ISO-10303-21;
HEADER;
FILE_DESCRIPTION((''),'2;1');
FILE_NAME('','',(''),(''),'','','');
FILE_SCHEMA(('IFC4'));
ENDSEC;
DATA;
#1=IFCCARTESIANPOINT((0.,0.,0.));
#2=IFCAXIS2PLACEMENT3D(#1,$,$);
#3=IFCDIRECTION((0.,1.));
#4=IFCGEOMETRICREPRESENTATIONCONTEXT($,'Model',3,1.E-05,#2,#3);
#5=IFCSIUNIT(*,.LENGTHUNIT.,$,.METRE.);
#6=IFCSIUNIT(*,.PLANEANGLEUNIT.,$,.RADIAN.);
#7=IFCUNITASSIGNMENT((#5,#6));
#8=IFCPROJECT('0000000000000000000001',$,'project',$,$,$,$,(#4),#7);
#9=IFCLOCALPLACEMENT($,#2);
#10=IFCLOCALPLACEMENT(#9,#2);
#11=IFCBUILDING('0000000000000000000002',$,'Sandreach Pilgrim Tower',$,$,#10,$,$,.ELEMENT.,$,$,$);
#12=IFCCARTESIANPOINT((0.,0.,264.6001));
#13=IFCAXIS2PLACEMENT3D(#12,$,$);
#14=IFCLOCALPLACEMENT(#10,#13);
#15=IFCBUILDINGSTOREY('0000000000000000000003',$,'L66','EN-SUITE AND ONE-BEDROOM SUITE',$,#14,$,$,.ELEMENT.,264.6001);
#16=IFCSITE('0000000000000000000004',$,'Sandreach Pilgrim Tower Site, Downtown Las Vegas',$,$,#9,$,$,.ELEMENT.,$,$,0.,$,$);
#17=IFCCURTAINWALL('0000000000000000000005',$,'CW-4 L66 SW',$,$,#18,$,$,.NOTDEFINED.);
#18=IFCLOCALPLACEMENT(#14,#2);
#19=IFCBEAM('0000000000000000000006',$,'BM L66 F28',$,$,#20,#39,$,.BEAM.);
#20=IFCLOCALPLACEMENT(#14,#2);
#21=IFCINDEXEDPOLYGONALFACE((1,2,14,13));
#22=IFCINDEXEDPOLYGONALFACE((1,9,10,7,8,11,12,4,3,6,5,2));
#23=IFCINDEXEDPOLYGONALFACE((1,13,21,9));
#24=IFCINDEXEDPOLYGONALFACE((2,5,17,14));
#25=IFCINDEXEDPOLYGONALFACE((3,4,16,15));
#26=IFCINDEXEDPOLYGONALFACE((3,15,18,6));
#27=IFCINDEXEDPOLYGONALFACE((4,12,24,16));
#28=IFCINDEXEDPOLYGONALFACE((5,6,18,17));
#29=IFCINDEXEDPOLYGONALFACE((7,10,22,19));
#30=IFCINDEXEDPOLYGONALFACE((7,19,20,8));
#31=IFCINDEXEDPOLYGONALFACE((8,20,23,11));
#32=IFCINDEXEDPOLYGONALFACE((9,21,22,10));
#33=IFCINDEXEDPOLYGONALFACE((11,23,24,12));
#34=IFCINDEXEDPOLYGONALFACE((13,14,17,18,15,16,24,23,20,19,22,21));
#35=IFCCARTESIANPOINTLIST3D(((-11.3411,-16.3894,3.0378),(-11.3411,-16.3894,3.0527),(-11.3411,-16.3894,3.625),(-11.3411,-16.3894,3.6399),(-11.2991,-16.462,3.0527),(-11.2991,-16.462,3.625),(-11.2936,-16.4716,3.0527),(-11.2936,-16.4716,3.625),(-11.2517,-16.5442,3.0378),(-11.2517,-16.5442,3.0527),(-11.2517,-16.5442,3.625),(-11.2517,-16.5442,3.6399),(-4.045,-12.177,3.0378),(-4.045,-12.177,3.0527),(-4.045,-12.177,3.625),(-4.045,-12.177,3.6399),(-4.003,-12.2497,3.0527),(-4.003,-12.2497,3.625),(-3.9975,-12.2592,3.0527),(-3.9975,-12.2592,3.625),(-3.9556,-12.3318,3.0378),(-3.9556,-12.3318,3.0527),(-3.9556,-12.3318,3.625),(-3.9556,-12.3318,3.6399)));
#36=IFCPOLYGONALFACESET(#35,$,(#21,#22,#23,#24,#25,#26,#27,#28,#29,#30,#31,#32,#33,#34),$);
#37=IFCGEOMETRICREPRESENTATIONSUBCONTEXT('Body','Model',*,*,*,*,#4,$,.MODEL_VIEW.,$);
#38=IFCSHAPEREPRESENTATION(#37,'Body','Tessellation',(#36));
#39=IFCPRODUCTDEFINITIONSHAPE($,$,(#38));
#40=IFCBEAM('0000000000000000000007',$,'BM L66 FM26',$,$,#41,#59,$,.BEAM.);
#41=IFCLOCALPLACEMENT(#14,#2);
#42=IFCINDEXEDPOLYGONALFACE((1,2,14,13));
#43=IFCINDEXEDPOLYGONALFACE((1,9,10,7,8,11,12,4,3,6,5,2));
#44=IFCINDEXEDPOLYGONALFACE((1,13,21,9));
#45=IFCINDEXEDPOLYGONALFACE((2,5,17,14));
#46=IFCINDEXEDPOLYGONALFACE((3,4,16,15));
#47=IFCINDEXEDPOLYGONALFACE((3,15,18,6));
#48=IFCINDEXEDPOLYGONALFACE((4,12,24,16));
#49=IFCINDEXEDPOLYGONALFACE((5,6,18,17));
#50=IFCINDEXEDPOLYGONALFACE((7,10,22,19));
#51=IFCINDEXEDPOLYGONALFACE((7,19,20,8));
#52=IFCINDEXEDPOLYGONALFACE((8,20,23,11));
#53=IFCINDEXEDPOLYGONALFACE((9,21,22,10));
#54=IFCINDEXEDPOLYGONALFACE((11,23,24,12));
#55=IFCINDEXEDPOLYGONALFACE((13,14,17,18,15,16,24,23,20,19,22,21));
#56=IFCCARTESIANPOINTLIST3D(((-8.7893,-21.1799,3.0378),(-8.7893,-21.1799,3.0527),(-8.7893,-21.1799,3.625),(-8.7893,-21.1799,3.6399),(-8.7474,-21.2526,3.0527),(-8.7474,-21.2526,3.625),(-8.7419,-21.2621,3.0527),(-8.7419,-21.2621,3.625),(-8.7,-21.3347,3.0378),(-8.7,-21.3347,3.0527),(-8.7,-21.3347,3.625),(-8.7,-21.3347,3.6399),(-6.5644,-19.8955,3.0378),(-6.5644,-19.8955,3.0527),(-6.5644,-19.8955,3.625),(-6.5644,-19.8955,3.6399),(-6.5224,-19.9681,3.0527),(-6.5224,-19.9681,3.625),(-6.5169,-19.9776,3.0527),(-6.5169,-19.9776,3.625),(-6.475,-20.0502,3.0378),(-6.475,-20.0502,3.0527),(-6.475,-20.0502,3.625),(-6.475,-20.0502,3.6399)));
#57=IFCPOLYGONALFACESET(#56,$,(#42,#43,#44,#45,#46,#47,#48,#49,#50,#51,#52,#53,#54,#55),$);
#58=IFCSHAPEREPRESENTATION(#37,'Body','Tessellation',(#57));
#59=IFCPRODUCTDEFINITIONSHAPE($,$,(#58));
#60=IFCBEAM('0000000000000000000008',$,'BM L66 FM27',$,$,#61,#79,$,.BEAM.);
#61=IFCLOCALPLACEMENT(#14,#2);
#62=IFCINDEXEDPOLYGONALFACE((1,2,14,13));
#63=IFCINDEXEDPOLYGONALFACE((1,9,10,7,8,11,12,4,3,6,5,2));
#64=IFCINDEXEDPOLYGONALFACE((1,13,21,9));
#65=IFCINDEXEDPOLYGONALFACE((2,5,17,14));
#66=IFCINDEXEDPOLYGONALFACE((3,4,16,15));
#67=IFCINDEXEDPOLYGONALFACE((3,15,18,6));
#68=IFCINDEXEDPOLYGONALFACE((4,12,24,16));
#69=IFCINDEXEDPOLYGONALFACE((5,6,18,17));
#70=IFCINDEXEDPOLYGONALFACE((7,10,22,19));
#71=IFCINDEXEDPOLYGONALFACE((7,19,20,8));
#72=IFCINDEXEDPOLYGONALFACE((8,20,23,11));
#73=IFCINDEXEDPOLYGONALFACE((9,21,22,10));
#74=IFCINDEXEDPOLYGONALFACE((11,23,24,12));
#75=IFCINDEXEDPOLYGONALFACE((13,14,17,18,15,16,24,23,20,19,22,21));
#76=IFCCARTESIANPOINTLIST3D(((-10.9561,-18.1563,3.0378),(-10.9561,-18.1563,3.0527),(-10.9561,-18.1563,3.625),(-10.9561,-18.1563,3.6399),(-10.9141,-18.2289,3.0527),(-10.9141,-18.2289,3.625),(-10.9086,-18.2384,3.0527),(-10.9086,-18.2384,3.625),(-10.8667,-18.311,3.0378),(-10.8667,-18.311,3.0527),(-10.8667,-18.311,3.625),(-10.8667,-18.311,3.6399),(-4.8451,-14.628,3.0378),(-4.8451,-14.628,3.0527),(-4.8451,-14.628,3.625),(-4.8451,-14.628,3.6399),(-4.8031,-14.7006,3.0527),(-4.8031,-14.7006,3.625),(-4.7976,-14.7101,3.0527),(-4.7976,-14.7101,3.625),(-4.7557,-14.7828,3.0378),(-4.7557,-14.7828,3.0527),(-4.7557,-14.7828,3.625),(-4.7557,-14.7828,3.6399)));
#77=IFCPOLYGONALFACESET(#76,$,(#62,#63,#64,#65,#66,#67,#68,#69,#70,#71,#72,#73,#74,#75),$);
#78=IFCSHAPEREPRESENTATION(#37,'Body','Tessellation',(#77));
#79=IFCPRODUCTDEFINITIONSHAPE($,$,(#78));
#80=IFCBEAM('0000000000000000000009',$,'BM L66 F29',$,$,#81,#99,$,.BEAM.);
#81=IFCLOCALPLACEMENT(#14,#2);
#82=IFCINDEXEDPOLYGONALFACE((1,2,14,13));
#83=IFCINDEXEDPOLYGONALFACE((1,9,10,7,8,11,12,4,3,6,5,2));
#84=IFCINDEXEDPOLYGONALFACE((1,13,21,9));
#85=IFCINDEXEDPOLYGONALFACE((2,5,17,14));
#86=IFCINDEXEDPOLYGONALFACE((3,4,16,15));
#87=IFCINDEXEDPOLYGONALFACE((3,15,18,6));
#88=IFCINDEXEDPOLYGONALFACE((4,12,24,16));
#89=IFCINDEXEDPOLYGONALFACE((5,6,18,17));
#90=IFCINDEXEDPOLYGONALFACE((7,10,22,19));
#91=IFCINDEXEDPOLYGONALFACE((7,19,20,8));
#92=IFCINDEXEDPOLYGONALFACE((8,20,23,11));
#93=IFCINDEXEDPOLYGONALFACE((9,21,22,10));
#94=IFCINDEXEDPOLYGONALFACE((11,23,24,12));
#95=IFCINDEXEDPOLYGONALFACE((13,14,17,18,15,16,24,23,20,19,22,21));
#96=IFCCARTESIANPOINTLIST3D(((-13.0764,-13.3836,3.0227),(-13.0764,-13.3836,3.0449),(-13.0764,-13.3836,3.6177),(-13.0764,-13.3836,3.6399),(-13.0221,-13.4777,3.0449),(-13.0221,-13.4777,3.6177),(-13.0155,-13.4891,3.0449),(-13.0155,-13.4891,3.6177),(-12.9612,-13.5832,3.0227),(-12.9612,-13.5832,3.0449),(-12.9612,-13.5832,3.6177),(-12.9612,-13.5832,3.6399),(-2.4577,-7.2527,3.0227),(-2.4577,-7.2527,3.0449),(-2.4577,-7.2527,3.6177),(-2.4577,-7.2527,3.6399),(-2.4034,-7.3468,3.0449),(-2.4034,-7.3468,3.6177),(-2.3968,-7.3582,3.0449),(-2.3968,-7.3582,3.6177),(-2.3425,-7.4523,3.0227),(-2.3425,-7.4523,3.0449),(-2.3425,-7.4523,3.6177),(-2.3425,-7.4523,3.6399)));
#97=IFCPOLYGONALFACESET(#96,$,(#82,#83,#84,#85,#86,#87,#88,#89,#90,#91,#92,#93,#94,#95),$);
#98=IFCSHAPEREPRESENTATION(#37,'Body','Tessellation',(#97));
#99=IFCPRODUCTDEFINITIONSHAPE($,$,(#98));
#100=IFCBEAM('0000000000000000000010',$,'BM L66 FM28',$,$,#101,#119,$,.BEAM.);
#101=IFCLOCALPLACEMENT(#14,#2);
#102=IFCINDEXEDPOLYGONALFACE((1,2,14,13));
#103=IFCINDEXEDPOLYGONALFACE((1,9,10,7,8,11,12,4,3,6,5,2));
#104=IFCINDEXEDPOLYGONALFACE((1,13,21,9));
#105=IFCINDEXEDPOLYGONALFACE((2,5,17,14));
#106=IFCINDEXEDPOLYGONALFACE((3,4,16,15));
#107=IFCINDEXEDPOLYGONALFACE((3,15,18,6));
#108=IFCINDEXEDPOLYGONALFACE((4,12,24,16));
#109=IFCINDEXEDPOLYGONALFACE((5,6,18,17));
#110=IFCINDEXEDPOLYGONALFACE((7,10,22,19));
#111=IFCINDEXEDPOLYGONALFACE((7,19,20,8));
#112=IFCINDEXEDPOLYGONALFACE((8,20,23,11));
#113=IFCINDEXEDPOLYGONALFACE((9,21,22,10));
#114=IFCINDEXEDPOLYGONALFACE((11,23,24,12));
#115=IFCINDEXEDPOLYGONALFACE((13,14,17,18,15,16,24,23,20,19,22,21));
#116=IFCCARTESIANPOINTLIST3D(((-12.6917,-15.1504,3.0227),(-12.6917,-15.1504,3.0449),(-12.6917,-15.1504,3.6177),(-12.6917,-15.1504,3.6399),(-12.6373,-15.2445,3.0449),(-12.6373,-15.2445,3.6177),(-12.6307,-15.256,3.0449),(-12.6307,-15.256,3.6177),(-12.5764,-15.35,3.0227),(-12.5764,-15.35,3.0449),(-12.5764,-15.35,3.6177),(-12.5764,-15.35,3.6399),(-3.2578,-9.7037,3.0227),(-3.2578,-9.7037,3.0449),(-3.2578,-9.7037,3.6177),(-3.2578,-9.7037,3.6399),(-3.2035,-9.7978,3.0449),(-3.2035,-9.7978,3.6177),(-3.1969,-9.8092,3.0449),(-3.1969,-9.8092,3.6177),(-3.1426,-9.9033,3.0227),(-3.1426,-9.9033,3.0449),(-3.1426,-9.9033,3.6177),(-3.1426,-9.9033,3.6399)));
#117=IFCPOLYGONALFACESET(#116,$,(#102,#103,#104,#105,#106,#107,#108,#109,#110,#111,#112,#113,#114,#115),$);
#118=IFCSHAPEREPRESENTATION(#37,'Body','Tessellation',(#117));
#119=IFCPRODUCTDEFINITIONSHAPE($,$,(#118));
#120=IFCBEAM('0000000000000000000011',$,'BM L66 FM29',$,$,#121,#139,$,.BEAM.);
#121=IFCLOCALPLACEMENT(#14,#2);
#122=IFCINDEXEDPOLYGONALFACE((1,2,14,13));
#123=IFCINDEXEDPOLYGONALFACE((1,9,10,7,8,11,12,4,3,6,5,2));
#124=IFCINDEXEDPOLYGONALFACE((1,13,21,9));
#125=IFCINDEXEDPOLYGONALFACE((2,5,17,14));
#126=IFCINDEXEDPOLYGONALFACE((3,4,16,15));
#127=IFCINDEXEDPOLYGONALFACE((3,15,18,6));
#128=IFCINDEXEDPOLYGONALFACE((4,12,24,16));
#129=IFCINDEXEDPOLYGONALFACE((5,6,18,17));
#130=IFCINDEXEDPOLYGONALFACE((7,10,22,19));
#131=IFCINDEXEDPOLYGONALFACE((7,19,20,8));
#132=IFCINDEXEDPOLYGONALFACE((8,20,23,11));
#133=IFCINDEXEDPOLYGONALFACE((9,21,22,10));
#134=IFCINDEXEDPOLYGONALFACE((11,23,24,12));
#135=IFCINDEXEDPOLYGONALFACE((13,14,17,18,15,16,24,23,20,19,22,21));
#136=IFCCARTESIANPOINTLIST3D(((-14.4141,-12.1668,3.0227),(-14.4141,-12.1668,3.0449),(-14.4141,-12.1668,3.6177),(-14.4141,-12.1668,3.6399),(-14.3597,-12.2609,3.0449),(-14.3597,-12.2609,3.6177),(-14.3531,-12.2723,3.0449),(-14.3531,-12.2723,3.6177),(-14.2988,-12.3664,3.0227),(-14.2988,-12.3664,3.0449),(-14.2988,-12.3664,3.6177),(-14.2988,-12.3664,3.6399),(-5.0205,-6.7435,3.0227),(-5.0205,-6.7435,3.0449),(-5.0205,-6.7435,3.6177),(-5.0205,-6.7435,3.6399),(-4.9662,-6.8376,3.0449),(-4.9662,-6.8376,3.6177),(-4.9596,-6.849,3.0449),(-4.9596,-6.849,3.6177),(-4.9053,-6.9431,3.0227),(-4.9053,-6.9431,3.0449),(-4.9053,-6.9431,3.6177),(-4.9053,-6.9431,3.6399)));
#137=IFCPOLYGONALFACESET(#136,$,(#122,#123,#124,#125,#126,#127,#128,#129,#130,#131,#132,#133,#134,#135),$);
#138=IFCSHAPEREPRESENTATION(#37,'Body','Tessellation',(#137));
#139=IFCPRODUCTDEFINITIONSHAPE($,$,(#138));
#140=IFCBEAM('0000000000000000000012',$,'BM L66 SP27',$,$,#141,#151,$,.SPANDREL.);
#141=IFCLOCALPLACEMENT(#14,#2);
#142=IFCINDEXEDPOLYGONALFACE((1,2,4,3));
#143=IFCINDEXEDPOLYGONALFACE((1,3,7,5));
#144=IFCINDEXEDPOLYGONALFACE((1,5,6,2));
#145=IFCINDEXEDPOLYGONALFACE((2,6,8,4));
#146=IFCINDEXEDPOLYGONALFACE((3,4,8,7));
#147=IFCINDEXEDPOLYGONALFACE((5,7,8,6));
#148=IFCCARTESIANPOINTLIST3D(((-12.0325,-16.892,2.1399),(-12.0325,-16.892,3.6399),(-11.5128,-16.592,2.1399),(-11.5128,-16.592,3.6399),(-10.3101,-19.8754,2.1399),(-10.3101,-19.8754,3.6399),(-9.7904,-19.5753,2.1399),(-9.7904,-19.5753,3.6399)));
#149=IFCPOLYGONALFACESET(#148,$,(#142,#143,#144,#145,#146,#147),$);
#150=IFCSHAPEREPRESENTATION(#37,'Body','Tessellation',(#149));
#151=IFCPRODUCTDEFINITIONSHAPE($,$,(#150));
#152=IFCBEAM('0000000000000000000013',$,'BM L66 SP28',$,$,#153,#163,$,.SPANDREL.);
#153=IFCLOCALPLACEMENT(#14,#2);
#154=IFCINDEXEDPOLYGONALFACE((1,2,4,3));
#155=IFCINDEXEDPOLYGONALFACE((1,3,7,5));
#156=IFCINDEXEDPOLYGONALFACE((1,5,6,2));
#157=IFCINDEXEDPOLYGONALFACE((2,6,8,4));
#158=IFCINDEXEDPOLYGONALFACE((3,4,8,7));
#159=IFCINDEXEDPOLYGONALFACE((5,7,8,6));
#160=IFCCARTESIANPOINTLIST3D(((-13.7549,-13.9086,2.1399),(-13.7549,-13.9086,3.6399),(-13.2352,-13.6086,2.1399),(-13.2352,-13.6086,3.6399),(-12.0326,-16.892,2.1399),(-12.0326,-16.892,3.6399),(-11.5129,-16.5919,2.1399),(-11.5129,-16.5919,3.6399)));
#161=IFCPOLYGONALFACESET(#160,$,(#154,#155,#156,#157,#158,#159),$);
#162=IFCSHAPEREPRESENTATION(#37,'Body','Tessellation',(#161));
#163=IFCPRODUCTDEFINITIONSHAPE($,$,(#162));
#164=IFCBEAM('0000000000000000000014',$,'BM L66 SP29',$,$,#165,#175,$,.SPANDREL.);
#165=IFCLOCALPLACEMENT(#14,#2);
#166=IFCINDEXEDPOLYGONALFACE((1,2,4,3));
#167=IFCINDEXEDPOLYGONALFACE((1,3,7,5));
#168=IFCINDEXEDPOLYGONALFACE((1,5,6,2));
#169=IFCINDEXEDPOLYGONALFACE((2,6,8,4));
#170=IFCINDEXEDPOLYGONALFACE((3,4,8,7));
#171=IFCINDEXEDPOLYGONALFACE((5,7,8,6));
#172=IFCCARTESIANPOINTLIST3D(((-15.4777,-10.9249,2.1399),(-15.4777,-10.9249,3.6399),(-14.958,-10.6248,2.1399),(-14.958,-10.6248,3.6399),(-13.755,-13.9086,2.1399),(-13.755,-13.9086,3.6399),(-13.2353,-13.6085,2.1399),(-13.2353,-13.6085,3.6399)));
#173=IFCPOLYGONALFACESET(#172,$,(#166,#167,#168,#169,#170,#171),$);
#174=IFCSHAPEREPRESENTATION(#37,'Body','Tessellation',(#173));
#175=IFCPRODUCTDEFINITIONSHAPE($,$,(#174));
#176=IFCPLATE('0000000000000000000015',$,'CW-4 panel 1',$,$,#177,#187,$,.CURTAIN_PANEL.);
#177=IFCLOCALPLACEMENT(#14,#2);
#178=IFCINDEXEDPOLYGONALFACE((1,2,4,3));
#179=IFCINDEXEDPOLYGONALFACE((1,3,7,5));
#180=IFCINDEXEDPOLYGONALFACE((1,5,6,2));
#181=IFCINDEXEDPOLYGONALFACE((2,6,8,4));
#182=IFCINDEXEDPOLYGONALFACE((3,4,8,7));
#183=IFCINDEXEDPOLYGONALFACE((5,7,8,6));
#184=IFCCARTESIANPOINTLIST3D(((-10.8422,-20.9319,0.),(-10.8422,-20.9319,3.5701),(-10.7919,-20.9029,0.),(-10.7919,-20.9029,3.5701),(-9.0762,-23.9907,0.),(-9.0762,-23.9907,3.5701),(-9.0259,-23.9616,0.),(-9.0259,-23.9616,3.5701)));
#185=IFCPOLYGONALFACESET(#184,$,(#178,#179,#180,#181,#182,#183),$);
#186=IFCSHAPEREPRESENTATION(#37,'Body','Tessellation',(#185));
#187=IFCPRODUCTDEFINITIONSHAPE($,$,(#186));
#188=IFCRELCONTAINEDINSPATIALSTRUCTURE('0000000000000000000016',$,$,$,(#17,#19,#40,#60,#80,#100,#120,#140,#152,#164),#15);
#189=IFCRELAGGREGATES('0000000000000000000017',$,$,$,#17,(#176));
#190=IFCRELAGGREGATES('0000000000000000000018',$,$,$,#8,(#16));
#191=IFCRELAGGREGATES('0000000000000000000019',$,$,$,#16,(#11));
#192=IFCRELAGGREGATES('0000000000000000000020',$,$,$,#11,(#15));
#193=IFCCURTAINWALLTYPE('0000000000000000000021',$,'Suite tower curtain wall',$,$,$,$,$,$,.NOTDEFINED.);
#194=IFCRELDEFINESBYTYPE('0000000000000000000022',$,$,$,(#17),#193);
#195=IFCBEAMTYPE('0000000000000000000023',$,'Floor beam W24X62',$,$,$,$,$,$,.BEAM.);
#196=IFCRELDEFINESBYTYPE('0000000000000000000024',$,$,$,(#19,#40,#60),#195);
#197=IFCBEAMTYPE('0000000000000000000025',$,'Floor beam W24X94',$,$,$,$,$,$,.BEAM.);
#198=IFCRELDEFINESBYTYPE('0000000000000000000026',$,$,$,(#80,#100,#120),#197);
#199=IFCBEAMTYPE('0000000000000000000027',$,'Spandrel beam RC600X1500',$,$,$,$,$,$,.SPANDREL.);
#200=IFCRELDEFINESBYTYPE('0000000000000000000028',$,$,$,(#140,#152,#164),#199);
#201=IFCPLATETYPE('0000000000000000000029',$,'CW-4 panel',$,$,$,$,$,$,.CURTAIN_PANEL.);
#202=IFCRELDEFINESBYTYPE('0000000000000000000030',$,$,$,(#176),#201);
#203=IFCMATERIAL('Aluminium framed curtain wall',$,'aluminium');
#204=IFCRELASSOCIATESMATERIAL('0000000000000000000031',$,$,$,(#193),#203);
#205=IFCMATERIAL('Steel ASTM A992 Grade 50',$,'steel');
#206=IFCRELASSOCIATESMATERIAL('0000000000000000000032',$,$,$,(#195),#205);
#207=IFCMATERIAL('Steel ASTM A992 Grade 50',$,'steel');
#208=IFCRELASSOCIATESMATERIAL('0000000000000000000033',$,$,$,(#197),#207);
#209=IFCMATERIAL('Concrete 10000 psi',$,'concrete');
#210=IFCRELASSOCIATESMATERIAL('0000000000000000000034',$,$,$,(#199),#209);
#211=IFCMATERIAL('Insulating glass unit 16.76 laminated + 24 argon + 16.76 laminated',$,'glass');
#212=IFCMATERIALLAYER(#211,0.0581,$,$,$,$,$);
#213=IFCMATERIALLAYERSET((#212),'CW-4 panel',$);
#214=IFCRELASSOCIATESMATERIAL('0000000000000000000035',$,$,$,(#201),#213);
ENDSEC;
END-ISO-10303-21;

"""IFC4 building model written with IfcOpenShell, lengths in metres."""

from ifc_helpers import new_model, si_unit, direction, frame, origin, origin_2d, place, context, subcontext, project, spatial, rectangle, i_section, extrude, material, layer, layer_set, material_profile, profile_set, type_object, element, aggregate, save


model = new_model("IFC4")

# Units and contexts
model_context = context("Model", 3, precision=1e-05, world=origin(), true_north=direction((0.0, 1.0)))
body_context = subcontext(model_context, "Body", "Model", "MODEL_VIEW")
ifc_project = project(units=[si_unit("LENGTHUNIT", "METRE"), si_unit("PLANEANGLEUNIT", "RADIAN")], contexts=[model_context])

# Site, building, storey
site_placement = place(None, origin())
site = spatial("IfcSite", under=ifc_project, at=site_placement, Name="Sandreach Pilgrim Tower Site, Downtown Las Vegas", CompositionType="ELEMENT", RefElevation=0.0)
building_placement = place(site_placement, origin())
building = spatial("IfcBuilding", under=site, at=building_placement, Name="Sandreach Pilgrim Tower", CompositionType="ELEMENT")
storey_placement = place(building_placement, frame((0.0, 0.0, 264.6001)))
storey = spatial("IfcBuildingStorey", under=building, at=storey_placement, Name="L66", Description="EN-SUITE AND ONE-BEDROOM SUITE", CompositionType="ELEMENT", Elevation=264.6001)

# Shared definitions
ifc_material_1 = material(Name="Aluminium framed curtain wall", Category="aluminium")
curtain_wall_type = type_object("IfcCurtainWallType", Name="Suite tower curtain wall", PredefinedType="NOTDEFINED", material=ifc_material_1)

# Curtain wall
curtain_wall_1_placement = place(storey_placement, origin())
curtain_wall_1 = element("IfcCurtainWall", 1, at=curtain_wall_1_placement, inside=storey, type_object=curtain_wall_type, Name="CW-4 L66 SW", PredefinedType="NOTDEFINED")

# Beams
ifc_material_2 = material(Name="Steel ASTM A992 Grade 50", Category="steel")
ifc_material_profile_1 = material_profile(ifc_material_2, i_section(OverallWidth=0.1787, OverallDepth=0.6021, WebThickness=0.011, FlangeThickness=0.0149, at=origin_2d()), Name="W24X62")
ifc_profile_set_1 = profile_set([ifc_material_profile_1], Name="Steel ASTM A992 Grade 50")
beam_type_1 = type_object("IfcBeamType", Name="Floor beam W24X62", PredefinedType="BEAM", material=ifc_profile_set_1)
beam_1_placement = place(storey_placement, frame((-11.2964, -16.4668, 3.3389), z_axis=(0.866027, 0.499998, 0.0), x_axis=(-0.499998, 0.866027, 0.0)))
element("IfcBeam", 2, at=beam_1_placement, inside=storey, type_object=beam_type_1, Name="BM L66 F28", PredefinedType="BEAM", context=body_context, shape_type="SweptSolid", body=[
    extrude(i_section(OverallWidth=0.1787, OverallDepth=0.6021, WebThickness=0.011, FlangeThickness=0.0149, at=origin_2d()), origin(), (0.0, 0.0, 1.0), 8.4248),
])
beam_2_placement = place(storey_placement, frame((-8.7446, -21.2573, 3.3389), z_axis=(0.866042, 0.499972, 0.0), x_axis=(-0.499972, 0.866042, 0.0)))
element("IfcBeam", 3, at=beam_2_placement, inside=storey, type_object=beam_type_1, Name="BM L66 FM26", PredefinedType="BEAM", context=body_context, shape_type="SweptSolid", body=[
    extrude(i_section(OverallWidth=0.1787, OverallDepth=0.6021, WebThickness=0.011, FlangeThickness=0.0149, at=origin_2d()), origin(), (0.0, 0.0, 1.0), 2.5691),
])
beam_3_placement = place(storey_placement, frame((-10.9114, -18.2336, 3.3389), z_axis=(0.86602, 0.500009, 0.0), x_axis=(-0.500009, 0.86602, 0.0)))
element("IfcBeam", 4, at=beam_3_placement, inside=storey, type_object=beam_type_1, Name="BM L66 FM27", PredefinedType="BEAM", context=body_context, shape_type="SweptSolid", body=[
    extrude(i_section(OverallWidth=0.1787, OverallDepth=0.6021, WebThickness=0.011, FlangeThickness=0.0149, at=origin_2d()), origin(), (0.0, 0.0, 1.0), 7.0564),
])
ifc_material_3 = material(Name="Steel ASTM A992 Grade 50", Category="steel")
ifc_material_profile_2 = material_profile(ifc_material_3, i_section(OverallWidth=0.2305, OverallDepth=0.6172, WebThickness=0.0132, FlangeThickness=0.0222, at=origin_2d()), Name="W24X94")
ifc_profile_set_2 = profile_set([ifc_material_profile_2], Name="Steel ASTM A992 Grade 50")
beam_type_2 = type_object("IfcBeamType", Name="Floor beam W24X94", PredefinedType="BEAM", material=ifc_profile_set_2)
beam_4_placement = place(storey_placement, frame((-13.0188, -13.4834, 3.3313), z_axis=(0.866019, 0.500011, 0.0), x_axis=(-0.500011, 0.866019, 0.0)))
element("IfcBeam", 5, at=beam_4_placement, inside=storey, type_object=beam_type_2, Name="BM L66 F29", PredefinedType="BEAM", context=body_context, shape_type="SweptSolid", body=[
    extrude(i_section(OverallWidth=0.2305, OverallDepth=0.6172, WebThickness=0.0132, FlangeThickness=0.0222, at=origin_2d()), origin(), (0.0, 0.0, 1.0), 12.2615),
])
beam_5_placement = place(storey_placement, frame((-12.634, -15.2502, 3.3313), z_axis=(0.86602, 0.50001, 0.0), x_axis=(-0.50001, 0.86602, 0.0)))
element("IfcBeam", 6, at=beam_5_placement, inside=storey, type_object=beam_type_2, Name="BM L66 FM28", PredefinedType="BEAM", context=body_context, shape_type="SweptSolid", body=[
    extrude(i_section(OverallWidth=0.2305, OverallDepth=0.6172, WebThickness=0.0132, FlangeThickness=0.0222, at=origin_2d()), origin(), (0.0, 0.0, 1.0), 10.8933),
])
beam_6_placement = place(storey_placement, frame((-14.3564, -12.2666, 3.3313), z_axis=(0.866027, 0.499998, 0.0), x_axis=(-0.499998, 0.866027, 0.0)))
element("IfcBeam", 7, at=beam_6_placement, inside=storey, type_object=beam_type_2, Name="BM L66 FM29", PredefinedType="BEAM", context=body_context, shape_type="SweptSolid", body=[
    extrude(i_section(OverallWidth=0.2305, OverallDepth=0.6172, WebThickness=0.0132, FlangeThickness=0.0222, at=origin_2d()), origin(), (0.0, 0.0, 1.0), 10.8467),
])
ifc_material_4 = material(Name="Concrete 10000 psi", Category="concrete")
ifc_material_profile_3 = material_profile(ifc_material_4, rectangle(XDim=0.6001, YDim=1.5, at=origin_2d()), Name="RC600X1500")
ifc_profile_set_3 = profile_set([ifc_material_profile_3], Name="Concrete 10000 psi")
beam_type_3 = type_object("IfcBeamType", Name="Spandrel beam RC600X1500", PredefinedType="SPANDREL", material=ifc_profile_set_3)
for number, where, z_axis, x_axis, name in (
    (8, (-10.0503, -19.7253, 2.8899), (-0.499988, 0.866032, 0.0), (-0.866032, -0.499988, 0.0), "BM L66 SP27"),
    (9, (-11.7727, -16.7419, 2.8899), (-0.499988, 0.866032, 0.0), (-0.866032, -0.499988, 0.0), "BM L66 SP28"),
):
    element("IfcBeam", number, at=place(storey_placement, frame(where, z_axis=z_axis, x_axis=x_axis)), inside=storey, type_object=beam_type_3, Name=name, PredefinedType="SPANDREL", context=body_context, shape_type="SweptSolid", body=[
        extrude(rectangle(XDim=0.6001, YDim=1.5, at=origin_2d()), origin(), (0.0, 0.0, 1.0), 3.4448),
    ])
beam_7_placement = place(storey_placement, frame((-13.4951, -13.7585, 2.8899), z_axis=(-0.500011, 0.866019, 0.0), x_axis=(-0.866019, -0.500011, 0.0)))
element("IfcBeam", 10, at=beam_7_placement, inside=storey, type_object=beam_type_3, Name="BM L66 SP29", PredefinedType="SPANDREL", context=body_context, shape_type="SweptSolid", body=[
    extrude(rectangle(XDim=0.6001, YDim=1.5, at=origin_2d()), origin(), (0.0, 0.0, 1.0), 3.4453),
])

# Plate
ifc_material_5 = material(Name="Insulating glass unit 16.76 laminated + 24 argon + 16.76 laminated", Category="glass")
ifc_layer_1 = layer(ifc_material_5, 0.0581)
ifc_layer_set_1 = layer_set([ifc_layer_1], Name="CW-4 panel")
plate_type = type_object("IfcPlateType", Name="CW-4 panel", PredefinedType="CURTAIN_PANEL", material=ifc_layer_set_1)
plate_1_placement = place(storey_placement, frame((-9.9341, -22.4468, 0.0), z_axis=(0.0, 0.0, 1.0), x_axis=(-0.5, 0.866025, 0.0)))
plate_1 = element("IfcPlate", 11, at=plate_1_placement, type_object=plate_type, Name="CW-4 panel 1", PredefinedType="CURTAIN_PANEL", context=body_context, shape_type="SweptSolid", body=[
    extrude(rectangle(XDim=3.532, YDim=0.0581, at=origin_2d()), origin(), (0.0, 0.0, 1.0), 3.5701),
])
aggregate(curtain_wall_1, [plate_1])

save(model, "model.ifc")
